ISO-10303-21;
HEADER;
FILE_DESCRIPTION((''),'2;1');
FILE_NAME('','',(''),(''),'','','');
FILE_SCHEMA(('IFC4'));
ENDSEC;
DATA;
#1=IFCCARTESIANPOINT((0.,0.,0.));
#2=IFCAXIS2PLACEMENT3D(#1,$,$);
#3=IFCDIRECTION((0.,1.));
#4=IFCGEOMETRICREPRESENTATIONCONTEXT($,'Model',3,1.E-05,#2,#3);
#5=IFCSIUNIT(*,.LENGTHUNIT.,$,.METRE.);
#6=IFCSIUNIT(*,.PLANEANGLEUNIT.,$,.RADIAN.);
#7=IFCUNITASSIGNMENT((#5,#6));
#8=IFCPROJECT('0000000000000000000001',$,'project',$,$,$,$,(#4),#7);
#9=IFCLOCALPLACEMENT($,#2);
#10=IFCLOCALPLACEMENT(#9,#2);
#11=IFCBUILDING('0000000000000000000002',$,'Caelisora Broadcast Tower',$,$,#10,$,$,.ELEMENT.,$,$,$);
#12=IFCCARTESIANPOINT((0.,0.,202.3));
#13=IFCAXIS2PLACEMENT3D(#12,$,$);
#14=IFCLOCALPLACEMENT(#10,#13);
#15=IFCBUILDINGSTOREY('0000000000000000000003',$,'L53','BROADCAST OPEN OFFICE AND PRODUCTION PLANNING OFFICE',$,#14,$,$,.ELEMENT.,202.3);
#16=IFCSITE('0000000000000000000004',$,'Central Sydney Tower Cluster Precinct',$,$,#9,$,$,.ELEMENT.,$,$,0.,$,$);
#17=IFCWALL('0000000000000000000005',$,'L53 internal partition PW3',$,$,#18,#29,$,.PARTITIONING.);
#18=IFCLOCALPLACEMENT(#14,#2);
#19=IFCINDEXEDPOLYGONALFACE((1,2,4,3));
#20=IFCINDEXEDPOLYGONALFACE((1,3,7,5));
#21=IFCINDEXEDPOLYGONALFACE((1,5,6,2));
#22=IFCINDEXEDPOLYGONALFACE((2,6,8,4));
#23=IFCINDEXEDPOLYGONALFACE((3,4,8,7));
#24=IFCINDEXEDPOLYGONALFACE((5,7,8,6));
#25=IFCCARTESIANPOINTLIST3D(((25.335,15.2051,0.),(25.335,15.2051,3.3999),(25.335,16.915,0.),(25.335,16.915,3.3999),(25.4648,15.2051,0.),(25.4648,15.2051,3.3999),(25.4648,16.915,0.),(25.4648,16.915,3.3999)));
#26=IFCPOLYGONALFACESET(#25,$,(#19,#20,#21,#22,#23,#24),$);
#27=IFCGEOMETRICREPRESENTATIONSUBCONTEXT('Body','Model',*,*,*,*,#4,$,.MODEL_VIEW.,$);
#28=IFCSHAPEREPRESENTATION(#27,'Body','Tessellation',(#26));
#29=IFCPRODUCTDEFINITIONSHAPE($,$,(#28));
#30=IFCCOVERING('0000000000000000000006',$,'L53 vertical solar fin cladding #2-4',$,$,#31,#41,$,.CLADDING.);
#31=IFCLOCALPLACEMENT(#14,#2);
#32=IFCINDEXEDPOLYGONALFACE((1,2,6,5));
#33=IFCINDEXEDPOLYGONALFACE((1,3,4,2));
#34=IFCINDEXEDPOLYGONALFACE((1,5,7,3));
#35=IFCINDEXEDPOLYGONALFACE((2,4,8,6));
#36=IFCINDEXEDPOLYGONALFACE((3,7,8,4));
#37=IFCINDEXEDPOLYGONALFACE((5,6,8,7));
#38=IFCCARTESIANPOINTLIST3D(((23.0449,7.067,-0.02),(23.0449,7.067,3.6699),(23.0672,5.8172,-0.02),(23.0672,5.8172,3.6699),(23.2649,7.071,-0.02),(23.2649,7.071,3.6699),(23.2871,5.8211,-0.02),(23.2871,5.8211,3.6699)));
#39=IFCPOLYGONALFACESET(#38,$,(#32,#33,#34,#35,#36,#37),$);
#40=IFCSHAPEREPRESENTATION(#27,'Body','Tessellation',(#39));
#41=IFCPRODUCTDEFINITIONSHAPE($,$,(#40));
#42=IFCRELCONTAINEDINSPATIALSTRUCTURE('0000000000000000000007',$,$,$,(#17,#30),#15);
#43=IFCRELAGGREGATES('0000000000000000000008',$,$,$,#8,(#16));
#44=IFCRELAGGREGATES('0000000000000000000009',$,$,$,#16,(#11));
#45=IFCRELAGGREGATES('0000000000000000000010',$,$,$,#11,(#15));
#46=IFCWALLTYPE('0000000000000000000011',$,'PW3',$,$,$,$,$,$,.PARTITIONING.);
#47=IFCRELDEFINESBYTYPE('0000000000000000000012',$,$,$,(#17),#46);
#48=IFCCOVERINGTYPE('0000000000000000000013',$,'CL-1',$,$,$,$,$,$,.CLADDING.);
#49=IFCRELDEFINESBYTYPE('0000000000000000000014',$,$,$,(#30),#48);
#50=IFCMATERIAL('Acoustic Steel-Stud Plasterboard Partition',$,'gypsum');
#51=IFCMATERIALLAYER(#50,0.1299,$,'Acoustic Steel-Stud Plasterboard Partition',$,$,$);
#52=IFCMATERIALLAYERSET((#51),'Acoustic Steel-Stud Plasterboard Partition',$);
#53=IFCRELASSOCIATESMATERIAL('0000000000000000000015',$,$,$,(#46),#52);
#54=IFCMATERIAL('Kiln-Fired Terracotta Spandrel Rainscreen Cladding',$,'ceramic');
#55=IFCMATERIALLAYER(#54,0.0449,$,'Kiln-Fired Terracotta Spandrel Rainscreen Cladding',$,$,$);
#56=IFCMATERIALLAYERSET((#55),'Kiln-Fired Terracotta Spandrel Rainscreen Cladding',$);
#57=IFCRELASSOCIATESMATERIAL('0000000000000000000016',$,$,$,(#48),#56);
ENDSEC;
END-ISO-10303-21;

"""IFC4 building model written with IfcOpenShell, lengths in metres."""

from ifc_helpers import new_model, si_unit, direction, frame, frame_2d, origin, origin_2d, place, context, subcontext, project, spatial, rectangle, extrude, source, transform, mapped, material, layer, layer_set, type_object, type_shapes, element, save


model = new_model("IFC4")

# Units and contexts
model_context = context("Model", 3, precision=1e-05, world=origin(), true_north=direction((0.0, 1.0)))
body_context = subcontext(model_context, "Body", "Model", "MODEL_VIEW")
ifc_project = project(units=[si_unit("LENGTHUNIT", "METRE"), si_unit("PLANEANGLEUNIT", "RADIAN")], contexts=[model_context])

# Site, building, storey
site_placement = place(None, origin())
site = spatial("IfcSite", under=ifc_project, at=site_placement, Name="Central Sydney Tower Cluster Precinct", CompositionType="ELEMENT", RefElevation=0.0)
building_placement = place(site_placement, origin())
building = spatial("IfcBuilding", under=site, at=building_placement, Name="Caelisora Broadcast Tower", CompositionType="ELEMENT")
storey_placement = place(building_placement, frame((0.0, 0.0, 202.3)))
storey = spatial("IfcBuildingStorey", under=building, at=storey_placement, Name="L53", Description="BROADCAST OPEN OFFICE AND PRODUCTION PLANNING OFFICE", CompositionType="ELEMENT", Elevation=202.3)

# Shared definitions
ifc_material_1 = material(Name="Acoustic Steel-Stud Plasterboard Partition", Category="gypsum")
ifc_layer_1 = layer(ifc_material_1, 0.1299, Name="Acoustic Steel-Stud Plasterboard Partition")
ifc_layer_set_1 = layer_set([ifc_layer_1], Name="Acoustic Steel-Stud Plasterboard Partition")
wall_type = type_object("IfcWallType", Name="PW3", PredefinedType="PARTITIONING", material=ifc_layer_set_1)

# Wall
wall_1_placement = place(storey_placement, frame((25.3999, 16.915, 0.0), z_axis=(0.0, 0.0, 1.0), x_axis=(0.0, -1.0, 0.0)))
element("IfcWall", 1, at=wall_1_placement, inside=storey, type_object=wall_type, Name="L53 internal partition PW3", PredefinedType="PARTITIONING", context=body_context, shape_type="SweptSolid", body=[
    extrude(rectangle(XDim=1.71, YDim=0.1299, at=frame_2d((0.855, 0.0))), origin(), (0.0, 0.0, 1.0), 3.3999),
])

# Covering
ifc_material_2 = material(Name="Kiln-Fired Terracotta Spandrel Rainscreen Cladding", Category="ceramic")
ifc_layer_2 = layer(ifc_material_2, 0.0449, Name="Kiln-Fired Terracotta Spandrel Rainscreen Cladding")
ifc_layer_set_2 = layer_set([ifc_layer_2], Name="Kiln-Fired Terracotta Spandrel Rainscreen Cladding")
covering_type = type_object("IfcCoveringType", Name="CL-1", PredefinedType="CLADDING", material=ifc_layer_set_2)
shared_shape_1 = source(origin(), body_context, "Body", "SweptSolid", [
    extrude(rectangle(XDim=0.22, YDim=1.25, at=origin_2d()), origin(), (0.0, 0.0, 1.0), 3.6899),
])
type_shapes(covering_type, [shared_shape_1])
covering_placement = place(storey_placement, frame((23.166, 6.4441, -0.02), z_axis=(0.0, 0.0, 1.0), x_axis=(-0.999842, -0.017801, 0.0)))
element("IfcCovering", 2, at=covering_placement, inside=storey, type_object=covering_type, Name="L53 vertical solar fin cladding #2-4", PredefinedType="CLADDING", context=body_context, shape_type="MappedRepresentation", body=[
    mapped(shared_shape_1, transform((0.0, 0.0, 0.0), scale=1.0)),
])

save(model, "model.ifc")
